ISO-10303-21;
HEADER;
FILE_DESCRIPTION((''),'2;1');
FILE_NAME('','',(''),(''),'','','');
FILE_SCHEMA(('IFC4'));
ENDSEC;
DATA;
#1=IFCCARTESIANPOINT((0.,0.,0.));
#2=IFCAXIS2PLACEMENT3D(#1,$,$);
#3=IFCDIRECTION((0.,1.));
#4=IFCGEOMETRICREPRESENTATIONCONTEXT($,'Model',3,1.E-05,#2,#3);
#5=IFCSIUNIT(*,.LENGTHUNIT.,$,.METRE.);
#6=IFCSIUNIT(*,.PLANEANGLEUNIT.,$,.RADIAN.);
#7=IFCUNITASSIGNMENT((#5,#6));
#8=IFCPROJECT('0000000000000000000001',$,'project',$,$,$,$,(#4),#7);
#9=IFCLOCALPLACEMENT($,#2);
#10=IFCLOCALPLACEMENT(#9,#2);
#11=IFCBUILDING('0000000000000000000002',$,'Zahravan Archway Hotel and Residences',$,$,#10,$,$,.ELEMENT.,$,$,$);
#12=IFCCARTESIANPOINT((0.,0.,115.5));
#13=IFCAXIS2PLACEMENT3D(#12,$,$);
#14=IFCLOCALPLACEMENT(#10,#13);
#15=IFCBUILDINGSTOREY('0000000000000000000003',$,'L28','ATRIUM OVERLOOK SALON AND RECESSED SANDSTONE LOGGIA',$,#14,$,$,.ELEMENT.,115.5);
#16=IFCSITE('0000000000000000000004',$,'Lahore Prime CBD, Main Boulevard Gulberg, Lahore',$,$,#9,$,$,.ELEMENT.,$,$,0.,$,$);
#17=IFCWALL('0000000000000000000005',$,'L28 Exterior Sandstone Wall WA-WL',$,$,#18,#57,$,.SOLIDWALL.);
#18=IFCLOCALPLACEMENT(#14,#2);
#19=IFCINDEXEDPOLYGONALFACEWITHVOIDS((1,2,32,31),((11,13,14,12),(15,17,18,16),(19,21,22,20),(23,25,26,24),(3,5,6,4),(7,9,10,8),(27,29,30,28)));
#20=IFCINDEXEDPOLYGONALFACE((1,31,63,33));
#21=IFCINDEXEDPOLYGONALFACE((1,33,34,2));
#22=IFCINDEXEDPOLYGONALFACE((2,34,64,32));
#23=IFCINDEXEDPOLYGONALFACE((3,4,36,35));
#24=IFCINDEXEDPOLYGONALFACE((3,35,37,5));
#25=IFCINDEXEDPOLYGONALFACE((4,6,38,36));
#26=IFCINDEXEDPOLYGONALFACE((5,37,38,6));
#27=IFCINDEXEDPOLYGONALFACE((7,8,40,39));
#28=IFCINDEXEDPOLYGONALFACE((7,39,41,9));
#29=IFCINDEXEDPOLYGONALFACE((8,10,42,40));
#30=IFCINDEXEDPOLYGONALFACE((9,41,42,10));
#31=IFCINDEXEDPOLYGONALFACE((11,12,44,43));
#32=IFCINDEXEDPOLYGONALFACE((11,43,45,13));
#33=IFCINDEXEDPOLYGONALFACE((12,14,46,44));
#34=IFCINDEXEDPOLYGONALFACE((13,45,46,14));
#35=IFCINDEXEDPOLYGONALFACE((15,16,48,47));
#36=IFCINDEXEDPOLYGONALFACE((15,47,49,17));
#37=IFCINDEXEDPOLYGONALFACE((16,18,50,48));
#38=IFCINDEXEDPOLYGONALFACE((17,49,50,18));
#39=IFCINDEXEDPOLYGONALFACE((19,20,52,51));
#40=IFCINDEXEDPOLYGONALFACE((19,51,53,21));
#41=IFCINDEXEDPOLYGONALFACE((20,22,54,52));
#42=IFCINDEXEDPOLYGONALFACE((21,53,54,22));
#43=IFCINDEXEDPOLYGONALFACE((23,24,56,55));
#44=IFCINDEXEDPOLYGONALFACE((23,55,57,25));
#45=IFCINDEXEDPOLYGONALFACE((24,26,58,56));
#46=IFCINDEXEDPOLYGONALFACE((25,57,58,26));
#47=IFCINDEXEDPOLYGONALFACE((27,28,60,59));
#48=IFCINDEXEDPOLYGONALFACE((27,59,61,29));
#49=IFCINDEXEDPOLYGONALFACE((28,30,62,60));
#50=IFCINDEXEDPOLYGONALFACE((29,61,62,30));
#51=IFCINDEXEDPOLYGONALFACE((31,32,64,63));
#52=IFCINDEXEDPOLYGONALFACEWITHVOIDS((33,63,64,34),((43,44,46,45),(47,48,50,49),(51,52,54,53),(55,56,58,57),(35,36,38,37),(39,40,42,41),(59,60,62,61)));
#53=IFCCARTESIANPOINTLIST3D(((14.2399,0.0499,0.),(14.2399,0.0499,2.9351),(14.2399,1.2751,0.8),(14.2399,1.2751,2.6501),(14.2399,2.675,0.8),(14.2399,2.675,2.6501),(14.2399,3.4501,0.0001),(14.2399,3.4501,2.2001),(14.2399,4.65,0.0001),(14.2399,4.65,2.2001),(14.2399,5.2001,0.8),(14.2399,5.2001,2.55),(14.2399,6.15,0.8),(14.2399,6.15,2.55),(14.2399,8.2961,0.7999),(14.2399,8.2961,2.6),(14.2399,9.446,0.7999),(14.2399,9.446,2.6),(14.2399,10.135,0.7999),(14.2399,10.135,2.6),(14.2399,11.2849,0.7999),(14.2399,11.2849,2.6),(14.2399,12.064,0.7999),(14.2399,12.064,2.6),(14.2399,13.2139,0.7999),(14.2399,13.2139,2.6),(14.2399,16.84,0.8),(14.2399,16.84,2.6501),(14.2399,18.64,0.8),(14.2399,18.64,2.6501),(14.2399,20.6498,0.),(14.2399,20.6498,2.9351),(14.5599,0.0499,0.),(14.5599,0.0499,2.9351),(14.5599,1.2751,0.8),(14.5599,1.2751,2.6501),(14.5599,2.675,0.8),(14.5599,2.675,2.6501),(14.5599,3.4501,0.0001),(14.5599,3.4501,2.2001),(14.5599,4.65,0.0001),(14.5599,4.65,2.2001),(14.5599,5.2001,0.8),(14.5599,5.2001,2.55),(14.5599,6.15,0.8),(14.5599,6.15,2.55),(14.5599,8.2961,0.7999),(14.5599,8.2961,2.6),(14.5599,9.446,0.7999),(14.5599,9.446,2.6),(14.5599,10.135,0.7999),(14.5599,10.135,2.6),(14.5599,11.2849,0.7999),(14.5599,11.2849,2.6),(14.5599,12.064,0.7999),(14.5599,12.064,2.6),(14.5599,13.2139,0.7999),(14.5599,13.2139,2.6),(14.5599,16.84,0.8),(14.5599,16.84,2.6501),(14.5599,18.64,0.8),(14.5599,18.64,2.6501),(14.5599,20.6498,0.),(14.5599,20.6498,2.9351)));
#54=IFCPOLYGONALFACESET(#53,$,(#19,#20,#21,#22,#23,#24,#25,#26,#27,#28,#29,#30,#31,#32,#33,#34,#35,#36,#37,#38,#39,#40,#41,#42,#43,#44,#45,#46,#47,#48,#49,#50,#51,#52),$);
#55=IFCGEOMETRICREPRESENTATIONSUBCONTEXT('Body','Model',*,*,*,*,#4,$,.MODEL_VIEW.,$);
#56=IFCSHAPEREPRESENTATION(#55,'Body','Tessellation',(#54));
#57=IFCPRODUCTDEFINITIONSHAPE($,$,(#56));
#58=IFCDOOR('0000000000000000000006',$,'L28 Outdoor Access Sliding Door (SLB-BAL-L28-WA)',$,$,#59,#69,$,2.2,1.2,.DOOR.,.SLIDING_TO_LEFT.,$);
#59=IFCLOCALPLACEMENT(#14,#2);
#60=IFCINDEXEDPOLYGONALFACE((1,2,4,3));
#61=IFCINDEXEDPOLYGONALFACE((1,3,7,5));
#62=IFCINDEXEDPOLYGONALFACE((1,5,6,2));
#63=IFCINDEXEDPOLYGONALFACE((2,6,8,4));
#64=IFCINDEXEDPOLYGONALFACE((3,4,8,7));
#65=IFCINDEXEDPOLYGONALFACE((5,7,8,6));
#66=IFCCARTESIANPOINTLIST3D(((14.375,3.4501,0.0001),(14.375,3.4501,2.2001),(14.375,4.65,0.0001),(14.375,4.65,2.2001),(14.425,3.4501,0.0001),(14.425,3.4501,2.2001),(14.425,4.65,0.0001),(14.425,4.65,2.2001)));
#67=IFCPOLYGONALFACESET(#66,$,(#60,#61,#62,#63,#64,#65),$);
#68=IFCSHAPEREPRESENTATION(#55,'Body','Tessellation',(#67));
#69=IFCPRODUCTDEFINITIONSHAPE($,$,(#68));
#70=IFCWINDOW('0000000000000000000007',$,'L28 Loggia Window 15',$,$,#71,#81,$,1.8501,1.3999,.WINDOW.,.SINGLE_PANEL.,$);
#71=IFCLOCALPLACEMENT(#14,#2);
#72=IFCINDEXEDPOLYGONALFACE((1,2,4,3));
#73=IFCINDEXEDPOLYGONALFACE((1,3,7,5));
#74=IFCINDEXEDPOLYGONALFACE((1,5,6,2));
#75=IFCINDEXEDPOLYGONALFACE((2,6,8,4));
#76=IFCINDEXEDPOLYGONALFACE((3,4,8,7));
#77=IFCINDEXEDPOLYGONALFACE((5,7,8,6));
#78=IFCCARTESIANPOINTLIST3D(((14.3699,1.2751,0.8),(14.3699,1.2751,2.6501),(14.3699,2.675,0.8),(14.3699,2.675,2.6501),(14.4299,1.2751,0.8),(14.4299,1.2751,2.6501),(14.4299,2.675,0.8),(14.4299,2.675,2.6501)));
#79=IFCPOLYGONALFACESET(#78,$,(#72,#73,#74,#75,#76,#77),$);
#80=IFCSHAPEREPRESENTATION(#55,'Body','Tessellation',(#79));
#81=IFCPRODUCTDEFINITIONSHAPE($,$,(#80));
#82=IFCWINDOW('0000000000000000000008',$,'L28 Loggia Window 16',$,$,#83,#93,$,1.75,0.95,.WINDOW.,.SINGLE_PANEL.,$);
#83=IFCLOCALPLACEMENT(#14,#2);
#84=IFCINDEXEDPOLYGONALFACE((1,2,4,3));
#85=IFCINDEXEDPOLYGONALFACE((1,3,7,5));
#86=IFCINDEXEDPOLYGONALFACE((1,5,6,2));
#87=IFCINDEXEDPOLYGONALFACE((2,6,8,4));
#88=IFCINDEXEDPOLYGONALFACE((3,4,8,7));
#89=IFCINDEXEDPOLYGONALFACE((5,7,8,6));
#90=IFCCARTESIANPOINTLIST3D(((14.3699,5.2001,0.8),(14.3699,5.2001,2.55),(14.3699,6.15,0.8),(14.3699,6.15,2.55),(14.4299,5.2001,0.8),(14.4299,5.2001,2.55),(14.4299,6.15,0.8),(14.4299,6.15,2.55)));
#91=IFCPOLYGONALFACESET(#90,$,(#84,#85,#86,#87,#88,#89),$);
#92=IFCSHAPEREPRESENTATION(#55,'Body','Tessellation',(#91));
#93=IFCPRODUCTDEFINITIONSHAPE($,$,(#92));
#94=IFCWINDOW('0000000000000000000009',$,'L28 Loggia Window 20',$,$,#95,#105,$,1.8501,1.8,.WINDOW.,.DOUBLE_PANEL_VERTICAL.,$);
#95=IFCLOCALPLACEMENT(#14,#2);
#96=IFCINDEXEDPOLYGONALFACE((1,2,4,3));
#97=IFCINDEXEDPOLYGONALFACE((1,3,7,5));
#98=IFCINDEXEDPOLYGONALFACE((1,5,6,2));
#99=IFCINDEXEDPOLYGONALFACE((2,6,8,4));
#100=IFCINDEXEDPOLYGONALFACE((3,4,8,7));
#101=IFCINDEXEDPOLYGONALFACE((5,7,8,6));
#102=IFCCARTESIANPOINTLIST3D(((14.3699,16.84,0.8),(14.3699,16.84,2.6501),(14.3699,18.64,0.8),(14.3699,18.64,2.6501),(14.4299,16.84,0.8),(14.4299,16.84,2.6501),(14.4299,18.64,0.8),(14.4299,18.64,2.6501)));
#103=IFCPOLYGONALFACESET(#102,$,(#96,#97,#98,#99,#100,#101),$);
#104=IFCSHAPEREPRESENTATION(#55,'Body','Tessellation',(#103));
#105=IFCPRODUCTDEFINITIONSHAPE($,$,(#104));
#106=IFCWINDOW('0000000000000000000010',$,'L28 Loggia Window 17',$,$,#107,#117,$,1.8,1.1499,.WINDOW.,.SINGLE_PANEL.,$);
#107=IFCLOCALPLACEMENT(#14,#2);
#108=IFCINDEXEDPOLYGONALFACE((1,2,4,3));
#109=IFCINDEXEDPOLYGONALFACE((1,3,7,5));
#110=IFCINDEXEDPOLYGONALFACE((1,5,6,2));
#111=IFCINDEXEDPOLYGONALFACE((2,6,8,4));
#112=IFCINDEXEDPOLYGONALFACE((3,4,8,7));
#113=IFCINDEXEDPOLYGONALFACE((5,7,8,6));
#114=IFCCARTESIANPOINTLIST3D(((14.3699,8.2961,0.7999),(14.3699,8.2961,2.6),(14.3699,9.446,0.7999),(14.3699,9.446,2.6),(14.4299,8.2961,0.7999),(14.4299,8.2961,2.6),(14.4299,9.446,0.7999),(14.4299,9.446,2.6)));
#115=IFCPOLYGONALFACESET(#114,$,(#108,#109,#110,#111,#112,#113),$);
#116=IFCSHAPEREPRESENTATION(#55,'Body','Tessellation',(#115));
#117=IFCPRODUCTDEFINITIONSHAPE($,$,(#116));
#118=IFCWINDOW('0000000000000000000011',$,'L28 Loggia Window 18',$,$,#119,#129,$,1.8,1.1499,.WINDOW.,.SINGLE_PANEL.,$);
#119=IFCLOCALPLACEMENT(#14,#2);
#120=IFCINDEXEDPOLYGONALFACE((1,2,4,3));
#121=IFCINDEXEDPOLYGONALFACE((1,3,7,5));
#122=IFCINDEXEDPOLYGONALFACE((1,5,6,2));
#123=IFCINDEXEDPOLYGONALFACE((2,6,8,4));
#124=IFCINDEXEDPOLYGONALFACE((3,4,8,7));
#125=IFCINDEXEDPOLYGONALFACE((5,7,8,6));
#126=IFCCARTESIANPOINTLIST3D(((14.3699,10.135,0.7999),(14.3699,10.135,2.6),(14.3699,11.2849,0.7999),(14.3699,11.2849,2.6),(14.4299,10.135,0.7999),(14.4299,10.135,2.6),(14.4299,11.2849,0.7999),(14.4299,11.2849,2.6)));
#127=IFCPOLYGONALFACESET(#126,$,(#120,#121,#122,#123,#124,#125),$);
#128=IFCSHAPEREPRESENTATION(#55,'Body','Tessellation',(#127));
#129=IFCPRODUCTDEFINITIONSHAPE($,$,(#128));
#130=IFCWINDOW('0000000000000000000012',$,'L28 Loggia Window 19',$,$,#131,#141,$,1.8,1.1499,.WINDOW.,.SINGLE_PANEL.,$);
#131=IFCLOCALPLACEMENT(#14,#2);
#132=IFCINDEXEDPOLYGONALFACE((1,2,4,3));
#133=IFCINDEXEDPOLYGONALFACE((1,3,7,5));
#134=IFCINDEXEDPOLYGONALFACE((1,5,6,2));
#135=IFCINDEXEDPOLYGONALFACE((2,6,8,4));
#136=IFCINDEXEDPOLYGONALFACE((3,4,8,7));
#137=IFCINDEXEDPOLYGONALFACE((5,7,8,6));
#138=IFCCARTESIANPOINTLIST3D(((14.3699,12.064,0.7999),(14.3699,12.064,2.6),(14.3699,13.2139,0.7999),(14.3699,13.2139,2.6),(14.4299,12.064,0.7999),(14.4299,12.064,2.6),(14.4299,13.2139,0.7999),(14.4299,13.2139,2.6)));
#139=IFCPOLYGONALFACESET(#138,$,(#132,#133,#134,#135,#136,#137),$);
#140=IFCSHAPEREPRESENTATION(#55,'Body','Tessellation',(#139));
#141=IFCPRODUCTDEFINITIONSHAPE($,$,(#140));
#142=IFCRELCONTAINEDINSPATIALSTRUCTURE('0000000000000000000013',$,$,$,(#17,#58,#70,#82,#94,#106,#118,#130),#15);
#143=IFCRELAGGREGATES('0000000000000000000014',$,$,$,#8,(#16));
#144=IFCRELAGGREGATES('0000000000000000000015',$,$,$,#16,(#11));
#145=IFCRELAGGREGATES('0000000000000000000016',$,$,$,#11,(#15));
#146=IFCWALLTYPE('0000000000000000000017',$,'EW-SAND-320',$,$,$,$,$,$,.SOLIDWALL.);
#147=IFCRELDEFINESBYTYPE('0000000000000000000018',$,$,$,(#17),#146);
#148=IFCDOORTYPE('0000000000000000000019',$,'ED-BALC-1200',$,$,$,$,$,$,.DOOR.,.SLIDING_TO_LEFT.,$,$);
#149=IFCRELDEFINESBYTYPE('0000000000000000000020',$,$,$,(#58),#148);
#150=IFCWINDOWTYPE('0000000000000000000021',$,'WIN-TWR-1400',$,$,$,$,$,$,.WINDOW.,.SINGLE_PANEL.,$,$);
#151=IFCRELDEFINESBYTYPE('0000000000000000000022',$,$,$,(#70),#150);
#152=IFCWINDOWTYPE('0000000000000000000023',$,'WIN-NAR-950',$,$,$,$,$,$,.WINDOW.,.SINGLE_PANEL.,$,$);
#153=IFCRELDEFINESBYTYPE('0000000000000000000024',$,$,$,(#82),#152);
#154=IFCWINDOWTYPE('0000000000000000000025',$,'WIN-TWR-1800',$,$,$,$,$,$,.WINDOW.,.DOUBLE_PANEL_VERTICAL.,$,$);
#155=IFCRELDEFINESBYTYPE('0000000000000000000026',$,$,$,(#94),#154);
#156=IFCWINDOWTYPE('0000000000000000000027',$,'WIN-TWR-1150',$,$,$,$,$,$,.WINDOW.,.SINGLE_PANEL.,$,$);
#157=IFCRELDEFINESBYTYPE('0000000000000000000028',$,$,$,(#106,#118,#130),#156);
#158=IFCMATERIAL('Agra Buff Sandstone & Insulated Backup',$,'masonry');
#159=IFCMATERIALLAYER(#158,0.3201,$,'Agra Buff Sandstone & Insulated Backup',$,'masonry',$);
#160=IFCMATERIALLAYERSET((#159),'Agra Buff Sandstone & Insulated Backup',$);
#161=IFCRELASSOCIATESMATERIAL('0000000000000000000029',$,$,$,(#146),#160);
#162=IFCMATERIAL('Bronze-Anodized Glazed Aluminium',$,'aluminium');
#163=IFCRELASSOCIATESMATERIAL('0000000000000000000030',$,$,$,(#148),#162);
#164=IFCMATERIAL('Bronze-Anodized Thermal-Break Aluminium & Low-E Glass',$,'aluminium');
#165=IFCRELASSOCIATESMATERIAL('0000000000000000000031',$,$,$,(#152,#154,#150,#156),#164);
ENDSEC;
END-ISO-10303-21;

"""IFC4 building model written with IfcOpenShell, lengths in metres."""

from ifc_helpers import new_model, si_unit, direction, frame, frame_2d, origin, place, context, subcontext, project, spatial, rectangle, extrude, source, transform, mapped, material, layer, layer_set, type_object, type_shapes, element, fill, save


model = new_model("IFC4")

# Units and contexts
model_context = context("Model", 3, precision=1e-05, world=origin(), true_north=direction((0.0, 1.0)))
body_context = subcontext(model_context, "Body", "Model", "MODEL_VIEW")
ifc_project = project(units=[si_unit("LENGTHUNIT", "METRE"), si_unit("PLANEANGLEUNIT", "RADIAN")], contexts=[model_context])

# Site, building, storey
site_placement = place(None, origin())
site = spatial("IfcSite", under=ifc_project, at=site_placement, Name="Lahore Prime CBD, Main Boulevard Gulberg, Lahore", CompositionType="ELEMENT", RefElevation=0.0)
building_placement = place(site_placement, origin())
building = spatial("IfcBuilding", under=site, at=building_placement, Name="Zahravan Archway Hotel and Residences", CompositionType="ELEMENT")
storey_placement = place(building_placement, frame((0.0, 0.0, 115.5)))
storey = spatial("IfcBuildingStorey", under=building, at=storey_placement, Name="L28", Description="ATRIUM OVERLOOK SALON AND RECESSED SANDSTONE LOGGIA", CompositionType="ELEMENT", Elevation=115.5)

# Wall, openings, door, windows
ifc_material_1 = material(Name="Agra Buff Sandstone & Insulated Backup", Category="masonry")
ifc_layer = layer(ifc_material_1, 0.3201, Name="Agra Buff Sandstone & Insulated Backup", Category="masonry")
ifc_layer_set = layer_set([ifc_layer], Name="Agra Buff Sandstone & Insulated Backup")
wall_type = type_object("IfcWallType", Name="EW-SAND-320", PredefinedType="SOLIDWALL", material=ifc_layer_set)
ifc_material_2 = material(Name="Bronze-Anodized Glazed Aluminium", Category="aluminium")
door_type = type_object("IfcDoorType", Name="ED-BALC-1200", OperationType="SLIDING_TO_LEFT", PredefinedType="DOOR", material=ifc_material_2)
shared_shape_1 = source(origin(), body_context, "Body", "SweptSolid", [
    extrude(rectangle(XDim=1.2, YDim=2.2, at=frame_2d((0.6001, 1.1001))), frame((0.0, 0.0249, 0.0), z_axis=(0.0, -1.0, 0.0), x_axis=(1.0, 0.0, 0.0)), (0.0, 0.0, 1.0), 0.05),
])
type_shapes(door_type, [shared_shape_1])
ifc_material_3 = material(Name="Bronze-Anodized Thermal-Break Aluminium & Low-E Glass", Category="aluminium")
window_type_1 = type_object("IfcWindowType", Name="WIN-NAR-950", PartitioningType="SINGLE_PANEL", PredefinedType="WINDOW", material=ifc_material_3)
shared_shape_2 = source(origin(), body_context, "Body", "SweptSolid", [
    extrude(rectangle(XDim=0.95, YDim=1.75, at=frame_2d((0.4751, 0.875))), frame((0.0, 0.03, 0.0), z_axis=(0.0, -1.0, 0.0), x_axis=(1.0, 0.0, 0.0)), (0.0, 0.0, 1.0), 0.0601),
])
type_shapes(window_type_1, [shared_shape_2])
window_type_2 = type_object("IfcWindowType", Name="WIN-TWR-1800", PartitioningType="DOUBLE_PANEL_VERTICAL", PredefinedType="WINDOW", material=ifc_material_3)
shared_shape_3 = source(origin(), body_context, "Body", "SweptSolid", [
    extrude(rectangle(XDim=1.8, YDim=1.8501, at=frame_2d((0.8999, 0.925))), frame((0.0, 0.03, 0.0), z_axis=(0.0, -1.0, 0.0), x_axis=(1.0, 0.0, 0.0)), (0.0, 0.0, 1.0), 0.0601),
])
type_shapes(window_type_2, [shared_shape_3])
wall_1_placement = place(storey_placement, frame((14.3999, 0.05, 0.0), z_axis=(0.0, 0.0, 1.0), x_axis=(0.0, 1.0, 0.0)))
wall_1 = element("IfcWall", 1, at=wall_1_placement, inside=storey, type_object=wall_type, Name="L28 Exterior Sandstone Wall WA-WL", PredefinedType="SOLIDWALL", context=body_context, shape_type="SweptSolid", body=[
    extrude(rectangle(XDim=20.5999, YDim=0.3201, at=frame_2d((10.2998, 0.0))), origin(), (0.0, 0.0, 1.0), 2.9351),
])
opening_1_placement = place(wall_1_placement, frame((3.3999, 0.0, 0.0)))
opening_1 = element("IfcOpeningElement", 2, at=opening_1_placement, cuts=wall_1, PredefinedType="OPENING", context=body_context, shape_type="SweptSolid", body=[
    extrude(rectangle(XDim=1.2, YDim=2.2, at=frame_2d((0.6001, 1.1001))), frame((0.0, 0.1699, 0.0), z_axis=(0.0, -1.0, 0.0), x_axis=(1.0, 0.0, 0.0)), (0.0, 0.0, 1.0), 0.3401),
])
opening_2_placement = place(wall_1_placement, frame((1.2251, 0.0, 0.8)))
opening_2 = element("IfcOpeningElement", 3, at=opening_2_placement, cuts=wall_1, PredefinedType="OPENING", context=body_context, shape_type="SweptSolid", body=[
    extrude(rectangle(XDim=1.3999, YDim=1.8501, at=frame_2d((0.7, 0.925))), frame((0.0, 0.1699, 0.0), z_axis=(0.0, -1.0, 0.0), x_axis=(1.0, 0.0, 0.0)), (0.0, 0.0, 1.0), 0.3401),
])
opening_3_placement = place(wall_1_placement, frame((5.1499, 0.0, 0.8)))
opening_3 = element("IfcOpeningElement", 4, at=opening_3_placement, cuts=wall_1, PredefinedType="OPENING", context=body_context, shape_type="SweptSolid", body=[
    extrude(rectangle(XDim=0.95, YDim=1.75, at=frame_2d((0.4751, 0.875))), frame((0.0, 0.1699, 0.0), z_axis=(0.0, -1.0, 0.0), x_axis=(1.0, 0.0, 0.0)), (0.0, 0.0, 1.0), 0.3401),
])
opening_4_placement = place(wall_1_placement, frame((8.2461, 0.0, 0.8)))
opening_4 = element("IfcOpeningElement", 5, at=opening_4_placement, cuts=wall_1, PredefinedType="OPENING", context=body_context, shape_type="SweptSolid", body=[
    extrude(rectangle(XDim=1.1499, YDim=1.8, at=frame_2d((0.575, 0.8999))), frame((0.0, 0.1699, 0.0), z_axis=(0.0, -1.0, 0.0), x_axis=(1.0, 0.0, 0.0)), (0.0, 0.0, 1.0), 0.3401),
])
opening_5_placement = place(wall_1_placement, frame((10.085, 0.0, 0.8)))
opening_5 = element("IfcOpeningElement", 6, at=opening_5_placement, cuts=wall_1, PredefinedType="OPENING", context=body_context, shape_type="SweptSolid", body=[
    extrude(rectangle(XDim=1.1499, YDim=1.8, at=frame_2d((0.575, 0.8999))), frame((0.0, 0.1699, 0.0), z_axis=(0.0, -1.0, 0.0), x_axis=(1.0, 0.0, 0.0)), (0.0, 0.0, 1.0), 0.3401),
])
opening_6_placement = place(wall_1_placement, frame((12.0139, 0.0, 0.8)))
opening_6 = element("IfcOpeningElement", 7, at=opening_6_placement, cuts=wall_1, PredefinedType="OPENING", context=body_context, shape_type="SweptSolid", body=[
    extrude(rectangle(XDim=1.1499, YDim=1.8, at=frame_2d((0.575, 0.8999))), frame((0.0, 0.1699, 0.0), z_axis=(0.0, -1.0, 0.0), x_axis=(1.0, 0.0, 0.0)), (0.0, 0.0, 1.0), 0.3401),
])
opening_7_placement = place(wall_1_placement, frame((16.79, 0.0, 0.8)))
opening_7 = element("IfcOpeningElement", 8, at=opening_7_placement, cuts=wall_1, PredefinedType="OPENING", context=body_context, shape_type="SweptSolid", body=[
    extrude(rectangle(XDim=1.8, YDim=1.8501, at=frame_2d((0.8999, 0.925))), frame((0.0, 0.1699, 0.0), z_axis=(0.0, -1.0, 0.0), x_axis=(1.0, 0.0, 0.0)), (0.0, 0.0, 1.0), 0.3401),
])
door_1_placement = place(opening_1_placement, origin())
door_1 = element("IfcDoor", 9, at=door_1_placement, inside=storey, type_object=door_type, Name="L28 Outdoor Access Sliding Door (SLB-BAL-L28-WA)", OperationType="SLIDING_TO_LEFT", OverallHeight=2.2, OverallWidth=1.2, PredefinedType="DOOR", context=body_context, shape_type="MappedRepresentation", body=[
    mapped(shared_shape_1, transform((0.0, 0.0, 0.0), scale=1.0)),
])
fill(opening_1, door_1)
window_type_3 = type_object("IfcWindowType", Name="WIN-TWR-1400", PartitioningType="SINGLE_PANEL", PredefinedType="WINDOW", material=ifc_material_3)
shared_shape_4 = source(origin(), body_context, "Body", "SweptSolid", [
    extrude(rectangle(XDim=1.3999, YDim=1.8501, at=frame_2d((0.7, 0.925))), frame((0.0, 0.03, 0.0), z_axis=(0.0, -1.0, 0.0), x_axis=(1.0, 0.0, 0.0)), (0.0, 0.0, 1.0), 0.0601),
])
type_shapes(window_type_3, [shared_shape_4])
window_1_placement = place(opening_2_placement, origin())
window_1 = element("IfcWindow", 10, at=window_1_placement, inside=storey, type_object=window_type_3, Name="L28 Loggia Window 15", OverallHeight=1.8501, OverallWidth=1.3999, PartitioningType="SINGLE_PANEL", PredefinedType="WINDOW", context=body_context, shape_type="MappedRepresentation", body=[
    mapped(shared_shape_4, transform((0.0, 0.0, 0.0), scale=1.0)),
])
fill(opening_2, window_1)
window_2_placement = place(opening_3_placement, origin())
window_2 = element("IfcWindow", 11, at=window_2_placement, inside=storey, type_object=window_type_1, Name="L28 Loggia Window 16", OverallHeight=1.75, OverallWidth=0.95, PartitioningType="SINGLE_PANEL", PredefinedType="WINDOW", context=body_context, shape_type="MappedRepresentation", body=[
    mapped(shared_shape_2, transform((0.0, 0.0, 0.0), scale=1.0)),
])
fill(opening_3, window_2)
window_3_placement = place(opening_7_placement, origin())
window_3 = element("IfcWindow", 12, at=window_3_placement, inside=storey, type_object=window_type_2, Name="L28 Loggia Window 20", OverallHeight=1.8501, OverallWidth=1.8, PartitioningType="DOUBLE_PANEL_VERTICAL", PredefinedType="WINDOW", context=body_context, shape_type="MappedRepresentation", body=[
    mapped(shared_shape_3, transform((0.0, 0.0, 0.0), scale=1.0)),
])
fill(opening_7, window_3)
window_type_4 = type_object("IfcWindowType", Name="WIN-TWR-1150", PartitioningType="SINGLE_PANEL", PredefinedType="WINDOW", material=ifc_material_3)
shared_shape_5 = source(origin(), body_context, "Body", "SweptSolid", [
    extrude(rectangle(XDim=1.1499, YDim=1.8, at=frame_2d((0.575, 0.8999))), frame((0.0, 0.03, 0.0), z_axis=(0.0, -1.0, 0.0), x_axis=(1.0, 0.0, 0.0)), (0.0, 0.0, 1.0), 0.0601),
])
type_shapes(window_type_4, [shared_shape_5])
window_4_placement = place(opening_4_placement, origin())
window_4 = element("IfcWindow", 13, at=window_4_placement, inside=storey, type_object=window_type_4, Name="L28 Loggia Window 17", OverallHeight=1.8, OverallWidth=1.1499, PartitioningType="SINGLE_PANEL", PredefinedType="WINDOW", context=body_context, shape_type="MappedRepresentation", body=[
    mapped(shared_shape_5, transform((0.0, 0.0, 0.0), scale=1.0)),
])
fill(opening_4, window_4)
window_5_placement = place(opening_5_placement, origin())
window_5 = element("IfcWindow", 14, at=window_5_placement, inside=storey, type_object=window_type_4, Name="L28 Loggia Window 18", OverallHeight=1.8, OverallWidth=1.1499, PartitioningType="SINGLE_PANEL", PredefinedType="WINDOW", context=body_context, shape_type="MappedRepresentation", body=[
    mapped(shared_shape_5, transform((0.0, 0.0, 0.0), scale=1.0)),
])
fill(opening_5, window_5)
window_6_placement = place(opening_6_placement, origin())
window_6 = element("IfcWindow", 15, at=window_6_placement, inside=storey, type_object=window_type_4, Name="L28 Loggia Window 19", OverallHeight=1.8, OverallWidth=1.1499, PartitioningType="SINGLE_PANEL", PredefinedType="WINDOW", context=body_context, shape_type="MappedRepresentation", body=[
    mapped(shared_shape_5, transform((0.0, 0.0, 0.0), scale=1.0)),
])
fill(opening_6, window_6)

save(model, "model.ifc")
